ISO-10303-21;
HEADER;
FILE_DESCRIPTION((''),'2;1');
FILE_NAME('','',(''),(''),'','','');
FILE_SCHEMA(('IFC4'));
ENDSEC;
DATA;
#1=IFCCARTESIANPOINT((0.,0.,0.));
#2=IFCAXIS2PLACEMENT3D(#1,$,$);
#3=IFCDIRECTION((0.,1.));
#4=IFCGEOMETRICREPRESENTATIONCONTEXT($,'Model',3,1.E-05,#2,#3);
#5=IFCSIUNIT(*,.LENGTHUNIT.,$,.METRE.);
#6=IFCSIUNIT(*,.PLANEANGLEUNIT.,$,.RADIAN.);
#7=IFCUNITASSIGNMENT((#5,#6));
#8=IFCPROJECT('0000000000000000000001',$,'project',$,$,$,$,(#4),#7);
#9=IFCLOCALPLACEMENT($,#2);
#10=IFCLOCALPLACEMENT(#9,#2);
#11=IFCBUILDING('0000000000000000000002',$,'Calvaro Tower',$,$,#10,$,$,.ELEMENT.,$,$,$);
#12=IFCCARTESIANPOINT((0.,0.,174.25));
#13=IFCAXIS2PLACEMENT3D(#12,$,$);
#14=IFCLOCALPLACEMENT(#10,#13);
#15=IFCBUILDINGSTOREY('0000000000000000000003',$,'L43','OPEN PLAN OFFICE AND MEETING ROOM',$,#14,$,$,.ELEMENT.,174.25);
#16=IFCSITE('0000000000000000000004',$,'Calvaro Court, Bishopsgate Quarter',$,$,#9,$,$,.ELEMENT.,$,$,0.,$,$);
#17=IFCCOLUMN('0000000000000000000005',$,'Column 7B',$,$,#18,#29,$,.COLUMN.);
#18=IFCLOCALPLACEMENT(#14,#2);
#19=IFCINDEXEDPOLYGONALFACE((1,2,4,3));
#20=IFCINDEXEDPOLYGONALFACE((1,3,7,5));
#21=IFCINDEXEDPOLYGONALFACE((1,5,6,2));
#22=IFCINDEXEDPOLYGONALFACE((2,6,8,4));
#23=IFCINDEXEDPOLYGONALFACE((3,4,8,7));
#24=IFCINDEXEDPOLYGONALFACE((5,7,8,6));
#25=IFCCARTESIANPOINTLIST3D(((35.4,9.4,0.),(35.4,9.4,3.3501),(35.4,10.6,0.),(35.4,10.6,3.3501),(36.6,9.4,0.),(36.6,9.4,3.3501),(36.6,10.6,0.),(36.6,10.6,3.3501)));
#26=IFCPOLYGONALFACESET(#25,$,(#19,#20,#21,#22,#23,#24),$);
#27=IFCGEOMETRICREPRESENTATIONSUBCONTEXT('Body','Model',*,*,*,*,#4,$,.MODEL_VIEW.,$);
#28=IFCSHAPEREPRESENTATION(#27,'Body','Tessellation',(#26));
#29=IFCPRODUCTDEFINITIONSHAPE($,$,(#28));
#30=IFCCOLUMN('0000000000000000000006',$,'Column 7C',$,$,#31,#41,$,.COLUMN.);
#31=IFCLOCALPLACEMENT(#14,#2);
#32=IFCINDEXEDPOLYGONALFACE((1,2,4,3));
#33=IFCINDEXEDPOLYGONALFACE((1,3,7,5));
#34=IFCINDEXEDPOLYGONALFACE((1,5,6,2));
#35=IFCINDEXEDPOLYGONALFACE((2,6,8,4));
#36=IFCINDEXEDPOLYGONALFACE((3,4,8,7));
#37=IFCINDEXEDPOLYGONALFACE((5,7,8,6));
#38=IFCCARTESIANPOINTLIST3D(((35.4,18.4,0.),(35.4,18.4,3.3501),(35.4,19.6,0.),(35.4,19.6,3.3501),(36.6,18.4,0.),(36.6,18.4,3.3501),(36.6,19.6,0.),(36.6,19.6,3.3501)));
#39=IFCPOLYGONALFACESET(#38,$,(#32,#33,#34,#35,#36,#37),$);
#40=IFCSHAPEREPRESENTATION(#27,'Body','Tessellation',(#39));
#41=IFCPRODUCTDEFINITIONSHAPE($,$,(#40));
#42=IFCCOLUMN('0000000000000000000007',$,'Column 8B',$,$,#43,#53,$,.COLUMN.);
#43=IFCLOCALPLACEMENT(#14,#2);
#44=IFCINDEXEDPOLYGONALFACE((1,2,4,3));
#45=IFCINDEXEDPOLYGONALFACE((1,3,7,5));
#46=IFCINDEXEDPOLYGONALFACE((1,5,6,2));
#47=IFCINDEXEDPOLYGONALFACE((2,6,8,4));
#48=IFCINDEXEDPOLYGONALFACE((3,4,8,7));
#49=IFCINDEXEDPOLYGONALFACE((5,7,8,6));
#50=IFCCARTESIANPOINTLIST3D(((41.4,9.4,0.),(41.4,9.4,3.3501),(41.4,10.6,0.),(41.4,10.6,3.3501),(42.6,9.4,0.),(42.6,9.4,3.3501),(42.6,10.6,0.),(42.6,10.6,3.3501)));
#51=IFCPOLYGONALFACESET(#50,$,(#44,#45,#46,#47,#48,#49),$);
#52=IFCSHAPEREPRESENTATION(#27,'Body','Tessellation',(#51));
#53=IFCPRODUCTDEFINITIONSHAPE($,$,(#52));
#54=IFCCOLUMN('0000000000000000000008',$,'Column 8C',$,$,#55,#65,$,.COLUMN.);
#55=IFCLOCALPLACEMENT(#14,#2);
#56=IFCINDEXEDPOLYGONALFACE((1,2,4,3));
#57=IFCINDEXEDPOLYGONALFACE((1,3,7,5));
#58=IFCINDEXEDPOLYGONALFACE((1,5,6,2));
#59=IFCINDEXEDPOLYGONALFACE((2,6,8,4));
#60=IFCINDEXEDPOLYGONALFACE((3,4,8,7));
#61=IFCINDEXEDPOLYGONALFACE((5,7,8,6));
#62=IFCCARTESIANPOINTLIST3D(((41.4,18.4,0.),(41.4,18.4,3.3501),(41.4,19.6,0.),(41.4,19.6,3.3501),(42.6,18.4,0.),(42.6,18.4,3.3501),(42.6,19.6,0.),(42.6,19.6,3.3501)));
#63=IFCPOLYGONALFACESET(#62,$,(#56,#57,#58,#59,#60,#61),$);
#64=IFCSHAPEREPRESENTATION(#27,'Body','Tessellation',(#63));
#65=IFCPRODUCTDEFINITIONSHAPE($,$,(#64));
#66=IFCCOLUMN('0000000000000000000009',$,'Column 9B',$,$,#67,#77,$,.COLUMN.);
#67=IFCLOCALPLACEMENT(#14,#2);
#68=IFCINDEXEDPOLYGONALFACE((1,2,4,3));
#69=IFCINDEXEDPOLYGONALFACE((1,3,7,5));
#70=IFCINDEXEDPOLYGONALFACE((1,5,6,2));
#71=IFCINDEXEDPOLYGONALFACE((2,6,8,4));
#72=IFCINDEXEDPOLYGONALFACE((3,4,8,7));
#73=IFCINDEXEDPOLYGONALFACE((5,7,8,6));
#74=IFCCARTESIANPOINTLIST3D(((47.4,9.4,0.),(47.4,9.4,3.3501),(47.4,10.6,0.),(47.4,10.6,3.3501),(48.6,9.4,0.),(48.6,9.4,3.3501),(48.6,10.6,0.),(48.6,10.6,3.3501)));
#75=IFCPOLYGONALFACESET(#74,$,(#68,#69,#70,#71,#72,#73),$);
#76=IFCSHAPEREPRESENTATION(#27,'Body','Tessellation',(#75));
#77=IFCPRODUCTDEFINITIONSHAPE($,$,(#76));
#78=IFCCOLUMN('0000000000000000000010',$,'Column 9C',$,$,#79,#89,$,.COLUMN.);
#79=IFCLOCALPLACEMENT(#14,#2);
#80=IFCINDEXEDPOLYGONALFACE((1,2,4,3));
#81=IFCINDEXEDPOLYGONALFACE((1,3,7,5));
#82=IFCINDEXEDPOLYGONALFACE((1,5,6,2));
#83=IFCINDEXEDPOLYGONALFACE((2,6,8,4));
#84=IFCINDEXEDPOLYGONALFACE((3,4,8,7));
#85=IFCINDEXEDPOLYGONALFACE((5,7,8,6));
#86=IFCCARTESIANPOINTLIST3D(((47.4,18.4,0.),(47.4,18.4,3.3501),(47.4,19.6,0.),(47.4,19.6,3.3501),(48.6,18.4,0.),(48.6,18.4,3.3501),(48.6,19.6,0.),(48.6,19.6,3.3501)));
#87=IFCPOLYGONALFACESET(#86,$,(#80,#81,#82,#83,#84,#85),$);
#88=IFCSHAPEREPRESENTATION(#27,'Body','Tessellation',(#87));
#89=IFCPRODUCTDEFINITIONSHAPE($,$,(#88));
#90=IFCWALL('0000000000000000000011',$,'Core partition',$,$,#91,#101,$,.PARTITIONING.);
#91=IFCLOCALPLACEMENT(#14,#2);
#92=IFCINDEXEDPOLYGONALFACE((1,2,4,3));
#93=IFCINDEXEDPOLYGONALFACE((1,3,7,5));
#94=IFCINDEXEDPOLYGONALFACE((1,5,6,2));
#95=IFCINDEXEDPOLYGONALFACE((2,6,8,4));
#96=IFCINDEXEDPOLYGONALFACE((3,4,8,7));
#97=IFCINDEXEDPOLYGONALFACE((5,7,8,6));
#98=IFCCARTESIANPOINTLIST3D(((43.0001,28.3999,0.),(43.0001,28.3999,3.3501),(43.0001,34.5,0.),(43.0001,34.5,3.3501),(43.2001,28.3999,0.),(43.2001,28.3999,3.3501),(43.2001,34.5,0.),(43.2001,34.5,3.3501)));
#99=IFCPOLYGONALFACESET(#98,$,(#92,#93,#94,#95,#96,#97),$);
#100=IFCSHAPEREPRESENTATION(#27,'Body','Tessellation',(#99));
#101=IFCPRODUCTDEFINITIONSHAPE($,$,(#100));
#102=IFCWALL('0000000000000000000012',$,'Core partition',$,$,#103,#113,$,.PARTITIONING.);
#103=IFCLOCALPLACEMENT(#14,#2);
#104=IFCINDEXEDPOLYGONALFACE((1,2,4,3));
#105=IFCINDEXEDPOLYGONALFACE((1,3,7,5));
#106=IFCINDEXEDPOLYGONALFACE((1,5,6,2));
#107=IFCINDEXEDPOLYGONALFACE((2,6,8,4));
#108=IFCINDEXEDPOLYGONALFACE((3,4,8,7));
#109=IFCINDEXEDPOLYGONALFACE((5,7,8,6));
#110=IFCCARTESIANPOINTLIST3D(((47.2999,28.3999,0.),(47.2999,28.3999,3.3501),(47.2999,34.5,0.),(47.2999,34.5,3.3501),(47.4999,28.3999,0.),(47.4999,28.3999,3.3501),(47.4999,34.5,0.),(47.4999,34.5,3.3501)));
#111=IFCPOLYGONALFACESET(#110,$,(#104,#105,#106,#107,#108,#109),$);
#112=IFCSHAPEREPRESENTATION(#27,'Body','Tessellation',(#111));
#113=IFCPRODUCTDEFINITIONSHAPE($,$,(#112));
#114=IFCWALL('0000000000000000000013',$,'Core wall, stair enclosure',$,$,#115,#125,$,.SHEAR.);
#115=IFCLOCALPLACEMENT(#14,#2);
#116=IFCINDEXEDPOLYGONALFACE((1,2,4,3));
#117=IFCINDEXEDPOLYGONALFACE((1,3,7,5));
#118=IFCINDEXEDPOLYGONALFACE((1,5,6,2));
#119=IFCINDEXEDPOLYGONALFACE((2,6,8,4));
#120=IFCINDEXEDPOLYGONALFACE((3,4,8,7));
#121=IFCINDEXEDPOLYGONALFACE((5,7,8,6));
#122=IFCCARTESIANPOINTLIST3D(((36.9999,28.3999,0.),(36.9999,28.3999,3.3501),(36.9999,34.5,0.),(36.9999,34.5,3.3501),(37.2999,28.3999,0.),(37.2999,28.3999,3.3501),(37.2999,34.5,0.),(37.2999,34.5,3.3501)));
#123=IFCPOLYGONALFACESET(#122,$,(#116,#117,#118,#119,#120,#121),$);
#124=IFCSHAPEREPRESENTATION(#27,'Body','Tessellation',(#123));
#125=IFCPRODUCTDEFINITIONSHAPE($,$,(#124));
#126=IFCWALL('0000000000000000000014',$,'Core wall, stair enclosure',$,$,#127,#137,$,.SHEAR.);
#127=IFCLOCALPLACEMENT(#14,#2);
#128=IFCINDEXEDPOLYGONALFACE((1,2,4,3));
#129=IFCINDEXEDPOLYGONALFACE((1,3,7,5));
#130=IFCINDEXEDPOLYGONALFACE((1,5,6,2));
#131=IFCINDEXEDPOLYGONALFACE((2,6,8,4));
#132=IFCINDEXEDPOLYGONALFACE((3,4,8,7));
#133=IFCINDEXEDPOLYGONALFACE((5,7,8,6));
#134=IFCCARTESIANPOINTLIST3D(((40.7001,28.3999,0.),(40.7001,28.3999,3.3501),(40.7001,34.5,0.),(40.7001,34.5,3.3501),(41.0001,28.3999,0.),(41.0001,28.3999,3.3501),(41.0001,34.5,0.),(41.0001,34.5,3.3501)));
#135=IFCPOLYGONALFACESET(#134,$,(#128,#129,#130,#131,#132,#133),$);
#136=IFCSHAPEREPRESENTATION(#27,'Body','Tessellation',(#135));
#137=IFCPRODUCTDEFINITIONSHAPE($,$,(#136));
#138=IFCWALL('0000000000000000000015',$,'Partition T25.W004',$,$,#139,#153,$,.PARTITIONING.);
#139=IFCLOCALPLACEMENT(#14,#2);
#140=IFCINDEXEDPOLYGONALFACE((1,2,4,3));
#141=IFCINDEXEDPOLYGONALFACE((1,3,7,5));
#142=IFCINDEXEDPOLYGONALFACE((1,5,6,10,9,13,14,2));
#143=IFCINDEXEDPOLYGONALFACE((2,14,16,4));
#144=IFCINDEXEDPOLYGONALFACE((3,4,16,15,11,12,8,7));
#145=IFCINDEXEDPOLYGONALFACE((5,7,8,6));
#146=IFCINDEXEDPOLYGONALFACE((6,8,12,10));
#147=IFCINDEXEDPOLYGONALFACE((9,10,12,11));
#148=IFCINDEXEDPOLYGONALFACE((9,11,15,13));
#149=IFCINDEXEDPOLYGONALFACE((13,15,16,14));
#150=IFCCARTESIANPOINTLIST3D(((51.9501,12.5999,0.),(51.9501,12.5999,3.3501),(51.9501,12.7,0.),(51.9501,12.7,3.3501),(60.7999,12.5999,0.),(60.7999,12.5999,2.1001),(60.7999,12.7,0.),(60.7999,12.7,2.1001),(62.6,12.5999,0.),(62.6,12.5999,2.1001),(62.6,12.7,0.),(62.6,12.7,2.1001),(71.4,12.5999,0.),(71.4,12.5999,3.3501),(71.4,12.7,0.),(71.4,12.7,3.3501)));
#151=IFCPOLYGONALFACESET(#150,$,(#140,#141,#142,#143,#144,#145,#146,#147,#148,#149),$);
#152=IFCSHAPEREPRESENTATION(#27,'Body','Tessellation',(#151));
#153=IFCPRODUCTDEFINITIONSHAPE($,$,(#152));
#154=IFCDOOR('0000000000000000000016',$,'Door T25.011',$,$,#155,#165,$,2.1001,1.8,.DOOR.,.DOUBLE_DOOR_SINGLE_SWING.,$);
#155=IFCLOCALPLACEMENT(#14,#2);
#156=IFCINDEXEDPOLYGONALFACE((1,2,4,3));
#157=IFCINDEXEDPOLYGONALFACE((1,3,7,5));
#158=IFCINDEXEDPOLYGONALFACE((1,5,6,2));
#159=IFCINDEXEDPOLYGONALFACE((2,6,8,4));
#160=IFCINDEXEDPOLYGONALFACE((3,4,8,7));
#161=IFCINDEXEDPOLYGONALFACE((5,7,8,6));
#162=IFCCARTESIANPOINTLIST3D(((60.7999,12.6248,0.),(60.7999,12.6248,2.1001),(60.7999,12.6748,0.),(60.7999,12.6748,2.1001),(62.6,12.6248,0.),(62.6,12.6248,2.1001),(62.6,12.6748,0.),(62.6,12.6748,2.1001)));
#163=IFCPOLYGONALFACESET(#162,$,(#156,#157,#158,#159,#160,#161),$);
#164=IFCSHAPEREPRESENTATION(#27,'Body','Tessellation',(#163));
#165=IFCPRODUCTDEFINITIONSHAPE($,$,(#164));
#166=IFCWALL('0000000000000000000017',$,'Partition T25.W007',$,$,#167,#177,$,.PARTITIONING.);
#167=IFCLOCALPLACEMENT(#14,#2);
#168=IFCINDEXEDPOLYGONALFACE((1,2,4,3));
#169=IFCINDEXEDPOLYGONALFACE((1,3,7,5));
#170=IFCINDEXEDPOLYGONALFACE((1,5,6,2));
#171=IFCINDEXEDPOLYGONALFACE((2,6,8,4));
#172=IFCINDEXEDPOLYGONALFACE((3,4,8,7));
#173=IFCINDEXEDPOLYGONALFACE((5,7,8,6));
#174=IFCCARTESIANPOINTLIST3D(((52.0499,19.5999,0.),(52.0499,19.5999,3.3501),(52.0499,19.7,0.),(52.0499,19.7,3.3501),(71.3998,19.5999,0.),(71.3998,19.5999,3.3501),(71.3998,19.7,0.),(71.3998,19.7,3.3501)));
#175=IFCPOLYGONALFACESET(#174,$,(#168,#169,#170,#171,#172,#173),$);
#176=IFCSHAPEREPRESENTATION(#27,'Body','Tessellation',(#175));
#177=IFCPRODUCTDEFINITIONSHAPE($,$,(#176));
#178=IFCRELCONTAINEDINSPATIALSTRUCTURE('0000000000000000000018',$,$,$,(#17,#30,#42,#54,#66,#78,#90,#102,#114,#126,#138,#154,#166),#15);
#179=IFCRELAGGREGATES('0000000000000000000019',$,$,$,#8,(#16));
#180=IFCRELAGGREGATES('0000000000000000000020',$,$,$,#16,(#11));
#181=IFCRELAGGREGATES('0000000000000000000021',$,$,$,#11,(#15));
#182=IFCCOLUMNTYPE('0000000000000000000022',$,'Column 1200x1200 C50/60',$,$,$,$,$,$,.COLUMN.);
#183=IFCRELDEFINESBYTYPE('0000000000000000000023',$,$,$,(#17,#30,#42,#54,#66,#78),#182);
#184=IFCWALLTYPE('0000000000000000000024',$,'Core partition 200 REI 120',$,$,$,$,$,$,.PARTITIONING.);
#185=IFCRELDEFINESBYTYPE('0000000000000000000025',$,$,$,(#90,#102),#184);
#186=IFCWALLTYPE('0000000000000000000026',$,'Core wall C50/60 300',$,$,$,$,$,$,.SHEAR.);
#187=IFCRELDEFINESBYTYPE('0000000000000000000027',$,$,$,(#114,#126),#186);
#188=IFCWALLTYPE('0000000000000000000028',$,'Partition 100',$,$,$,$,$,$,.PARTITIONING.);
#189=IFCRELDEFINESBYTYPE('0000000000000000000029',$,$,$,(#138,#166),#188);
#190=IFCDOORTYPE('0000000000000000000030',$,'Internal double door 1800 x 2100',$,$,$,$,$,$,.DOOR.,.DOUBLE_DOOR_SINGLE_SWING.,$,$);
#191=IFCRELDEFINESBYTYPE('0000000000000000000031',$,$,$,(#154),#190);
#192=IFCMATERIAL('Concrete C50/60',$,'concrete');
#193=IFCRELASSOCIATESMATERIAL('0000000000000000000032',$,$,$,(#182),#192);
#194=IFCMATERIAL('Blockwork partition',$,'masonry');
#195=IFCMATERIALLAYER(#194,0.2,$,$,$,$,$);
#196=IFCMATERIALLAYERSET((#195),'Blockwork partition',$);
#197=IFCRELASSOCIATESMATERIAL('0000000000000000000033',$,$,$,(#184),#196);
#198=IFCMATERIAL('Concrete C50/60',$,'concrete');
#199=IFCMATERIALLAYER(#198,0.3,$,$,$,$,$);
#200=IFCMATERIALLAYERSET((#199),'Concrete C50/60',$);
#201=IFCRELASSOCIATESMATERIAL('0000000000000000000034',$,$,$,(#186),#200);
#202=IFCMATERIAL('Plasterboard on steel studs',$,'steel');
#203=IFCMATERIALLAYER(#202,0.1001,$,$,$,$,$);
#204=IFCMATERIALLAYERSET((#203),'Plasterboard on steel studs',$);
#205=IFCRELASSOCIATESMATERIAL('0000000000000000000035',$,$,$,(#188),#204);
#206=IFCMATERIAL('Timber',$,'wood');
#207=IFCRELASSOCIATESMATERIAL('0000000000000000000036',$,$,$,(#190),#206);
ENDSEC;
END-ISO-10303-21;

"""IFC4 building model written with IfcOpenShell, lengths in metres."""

from ifc_helpers import new_model, si_unit, direction, frame, frame_2d, origin, origin_2d, place, context, subcontext, project, spatial, rectangle, extrude, material, layer, layer_set, material_profile, profile_set, type_object, element, fill, save


model = new_model("IFC4")

# Units and contexts
model_context = context("Model", 3, precision=1e-05, world=origin(), true_north=direction((0.0, 1.0)))
body_context = subcontext(model_context, "Body", "Model", "MODEL_VIEW")
ifc_project = project(units=[si_unit("LENGTHUNIT", "METRE"), si_unit("PLANEANGLEUNIT", "RADIAN")], contexts=[model_context])

# Site, building, storey
site_placement = place(None, origin())
site = spatial("IfcSite", under=ifc_project, at=site_placement, Name="Calvaro Court, Bishopsgate Quarter", CompositionType="ELEMENT", RefElevation=0.0)
building_placement = place(site_placement, origin())
building = spatial("IfcBuilding", under=site, at=building_placement, Name="Calvaro Tower", CompositionType="ELEMENT")
storey_placement = place(building_placement, frame((0.0, 0.0, 174.25)))
storey = spatial("IfcBuildingStorey", under=building, at=storey_placement, Name="L43", Description="OPEN PLAN OFFICE AND MEETING ROOM", CompositionType="ELEMENT", Elevation=174.25)

# Columns
ifc_material_1 = material(Name="Concrete C50/60", Category="concrete")
ifc_material_profile = material_profile(ifc_material_1, rectangle(XDim=1.2, YDim=1.2, at=origin_2d()), Name="RC 1200x1200")
ifc_profile_set = profile_set([ifc_material_profile], Name="Concrete C50/60")
column_type = type_object("IfcColumnType", Name="Column 1200x1200 C50/60", PredefinedType="COLUMN", material=ifc_profile_set)
for number, where, z_axis, x_axis, name in (
    (1, (36.0, 10.0, 0.0), (0.0, 0.0, 1.0), (1.0, 0.0, 0.0), "Column 7B"),
    (2, (36.0, 19.0, 0.0), (0.0, 0.0, 1.0), (1.0, 0.0, 0.0), "Column 7C"),
    (3, (42.0, 10.0, 0.0), (0.0, 0.0, 1.0), (1.0, 0.0, 0.0), "Column 8B"),
    (4, (42.0, 19.0, 0.0), (0.0, 0.0, 1.0), (1.0, 0.0, 0.0), "Column 8C"),
    (5, (48.0, 10.0, 0.0), (0.0, 0.0, 1.0), (1.0, 0.0, 0.0), "Column 9B"),
    (6, (48.0, 19.0, 0.0), (0.0, 0.0, 1.0), (1.0, 0.0, 0.0), "Column 9C"),
):
    element("IfcColumn", number, at=place(storey_placement, frame(where, z_axis=z_axis, x_axis=x_axis)), inside=storey, type_object=column_type, Name=name, PredefinedType="COLUMN", context=body_context, shape_type="SweptSolid", body=[
        extrude(rectangle(XDim=1.2, YDim=1.2, at=origin_2d()), origin(), (0.0, 0.0, 1.0), 3.3501),
    ])

# Walls
ifc_material_2 = material(Name="Blockwork partition", Category="masonry")
ifc_layer_1 = layer(ifc_material_2, 0.2)
ifc_layer_set_1 = layer_set([ifc_layer_1], Name="Blockwork partition")
wall_type_1 = type_object("IfcWallType", Name="Core partition 200 REI 120", PredefinedType="PARTITIONING", material=ifc_layer_set_1)
for number, where, z_axis, x_axis, name in (
    (7, (43.1001, 28.3999, 0.0), (0.0, 0.0, 1.0), (0.0, 1.0, 0.0), "Core partition"),
    (8, (47.3999, 28.3999, 0.0), (0.0, 0.0, 1.0), (0.0, 1.0, 0.0), "Core partition"),
):
    element("IfcWall", number, at=place(storey_placement, frame(where, z_axis=z_axis, x_axis=x_axis)), inside=storey, type_object=wall_type_1, Name=name, PredefinedType="PARTITIONING", context=body_context, shape_type="SweptSolid", body=[
        extrude(rectangle(XDim=6.1001, YDim=0.2, at=frame_2d((3.05, 0.0))), origin(), (0.0, 0.0, 1.0), 3.3501),
    ])
ifc_material_3 = material(Name="Concrete C50/60", Category="concrete")
ifc_layer_2 = layer(ifc_material_3, 0.3)
ifc_layer_set_2 = layer_set([ifc_layer_2], Name="Concrete C50/60")
wall_type_2 = type_object("IfcWallType", Name="Core wall C50/60 300", PredefinedType="SHEAR", material=ifc_layer_set_2)
for number, where, z_axis, x_axis, name in (
    (9, (37.1499, 28.3999, 0.0), (0.0, 0.0, 1.0), (0.0, 1.0, 0.0), "Core wall, stair enclosure"),
    (10, (40.8501, 28.3999, 0.0), (0.0, 0.0, 1.0), (0.0, 1.0, 0.0), "Core wall, stair enclosure"),
):
    element("IfcWall", number, at=place(storey_placement, frame(where, z_axis=z_axis, x_axis=x_axis)), inside=storey, type_object=wall_type_2, Name=name, PredefinedType="SHEAR", context=body_context, shape_type="SweptSolid", body=[
        extrude(rectangle(XDim=6.1001, YDim=0.3, at=frame_2d((3.05, 0.0))), origin(), (0.0, 0.0, 1.0), 3.3501),
    ])

# Wall, opening, door
ifc_material_4 = material(Name="Plasterboard on steel studs", Category="steel")
ifc_layer_3 = layer(ifc_material_4, 0.1001)
ifc_layer_set_3 = layer_set([ifc_layer_3], Name="Plasterboard on steel studs")
wall_type_3 = type_object("IfcWallType", Name="Partition 100", PredefinedType="PARTITIONING", material=ifc_layer_set_3)
wall_1_placement = place(storey_placement, frame((51.95, 12.6499, 0.0), z_axis=(0.0, 0.0, 1.0), x_axis=(1.0, 0.0, 0.0)))
wall_1 = element("IfcWall", 11, at=wall_1_placement, inside=storey, type_object=wall_type_3, Name="Partition T25.W004", PredefinedType="PARTITIONING", context=body_context, shape_type="SweptSolid", body=[
    extrude(rectangle(XDim=19.45, YDim=0.1001, at=frame_2d((9.7251, 0.0))), origin(), (0.0, 0.0, 1.0), 3.3501),
])
opening_1_placement = place(wall_1_placement, frame((8.8501, 0.0, 0.0)))
opening_1 = element("IfcOpeningElement", 12, at=opening_1_placement, cuts=wall_1, PredefinedType="OPENING", context=body_context, shape_type="SweptSolid", body=[
    extrude(rectangle(XDim=1.8, YDim=2.1001, at=frame_2d((0.8999, 1.05))), frame((0.0, 0.0601, 0.0), z_axis=(0.0, -1.0, 0.0), x_axis=(1.0, 0.0, 0.0)), (0.0, 0.0, 1.0), 0.1201),
])
ifc_material_5 = material(Name="Timber", Category="wood")
door_type_1 = type_object("IfcDoorType", Name="Internal double door 1800 x 2100", OperationType="DOUBLE_DOOR_SINGLE_SWING", PredefinedType="DOOR", material=ifc_material_5)
door_1_placement = place(opening_1_placement, origin())
door_1 = element("IfcDoor", 13, at=door_1_placement, inside=storey, type_object=door_type_1, Name="Door T25.011", OperationType="DOUBLE_DOOR_SINGLE_SWING", OverallHeight=2.1001, OverallWidth=1.8, PredefinedType="DOOR", context=body_context, shape_type="SweptSolid", body=[
    extrude(rectangle(XDim=1.8, YDim=2.1001, at=frame_2d((0.8999, 1.05))), frame((0.0, 0.0249, 0.0), z_axis=(0.0, -1.0, 0.0), x_axis=(1.0, 0.0, 0.0)), (0.0, 0.0, 1.0), 0.05),
])
fill(opening_1, door_1)

# Wall
wall_2_placement = place(storey_placement, frame((52.05, 19.6499, 0.0), z_axis=(0.0, 0.0, 1.0), x_axis=(1.0, 0.0, 0.0)))
element("IfcWall", 14, at=wall_2_placement, inside=storey, type_object=wall_type_3, Name="Partition T25.W007", PredefinedType="PARTITIONING", context=body_context, shape_type="SweptSolid", body=[
    extrude(rectangle(XDim=19.3499, YDim=0.1001, at=frame_2d((9.6748, 0.0))), origin(), (0.0, 0.0, 1.0), 3.3501),
])

save(model, "model.ifc")
